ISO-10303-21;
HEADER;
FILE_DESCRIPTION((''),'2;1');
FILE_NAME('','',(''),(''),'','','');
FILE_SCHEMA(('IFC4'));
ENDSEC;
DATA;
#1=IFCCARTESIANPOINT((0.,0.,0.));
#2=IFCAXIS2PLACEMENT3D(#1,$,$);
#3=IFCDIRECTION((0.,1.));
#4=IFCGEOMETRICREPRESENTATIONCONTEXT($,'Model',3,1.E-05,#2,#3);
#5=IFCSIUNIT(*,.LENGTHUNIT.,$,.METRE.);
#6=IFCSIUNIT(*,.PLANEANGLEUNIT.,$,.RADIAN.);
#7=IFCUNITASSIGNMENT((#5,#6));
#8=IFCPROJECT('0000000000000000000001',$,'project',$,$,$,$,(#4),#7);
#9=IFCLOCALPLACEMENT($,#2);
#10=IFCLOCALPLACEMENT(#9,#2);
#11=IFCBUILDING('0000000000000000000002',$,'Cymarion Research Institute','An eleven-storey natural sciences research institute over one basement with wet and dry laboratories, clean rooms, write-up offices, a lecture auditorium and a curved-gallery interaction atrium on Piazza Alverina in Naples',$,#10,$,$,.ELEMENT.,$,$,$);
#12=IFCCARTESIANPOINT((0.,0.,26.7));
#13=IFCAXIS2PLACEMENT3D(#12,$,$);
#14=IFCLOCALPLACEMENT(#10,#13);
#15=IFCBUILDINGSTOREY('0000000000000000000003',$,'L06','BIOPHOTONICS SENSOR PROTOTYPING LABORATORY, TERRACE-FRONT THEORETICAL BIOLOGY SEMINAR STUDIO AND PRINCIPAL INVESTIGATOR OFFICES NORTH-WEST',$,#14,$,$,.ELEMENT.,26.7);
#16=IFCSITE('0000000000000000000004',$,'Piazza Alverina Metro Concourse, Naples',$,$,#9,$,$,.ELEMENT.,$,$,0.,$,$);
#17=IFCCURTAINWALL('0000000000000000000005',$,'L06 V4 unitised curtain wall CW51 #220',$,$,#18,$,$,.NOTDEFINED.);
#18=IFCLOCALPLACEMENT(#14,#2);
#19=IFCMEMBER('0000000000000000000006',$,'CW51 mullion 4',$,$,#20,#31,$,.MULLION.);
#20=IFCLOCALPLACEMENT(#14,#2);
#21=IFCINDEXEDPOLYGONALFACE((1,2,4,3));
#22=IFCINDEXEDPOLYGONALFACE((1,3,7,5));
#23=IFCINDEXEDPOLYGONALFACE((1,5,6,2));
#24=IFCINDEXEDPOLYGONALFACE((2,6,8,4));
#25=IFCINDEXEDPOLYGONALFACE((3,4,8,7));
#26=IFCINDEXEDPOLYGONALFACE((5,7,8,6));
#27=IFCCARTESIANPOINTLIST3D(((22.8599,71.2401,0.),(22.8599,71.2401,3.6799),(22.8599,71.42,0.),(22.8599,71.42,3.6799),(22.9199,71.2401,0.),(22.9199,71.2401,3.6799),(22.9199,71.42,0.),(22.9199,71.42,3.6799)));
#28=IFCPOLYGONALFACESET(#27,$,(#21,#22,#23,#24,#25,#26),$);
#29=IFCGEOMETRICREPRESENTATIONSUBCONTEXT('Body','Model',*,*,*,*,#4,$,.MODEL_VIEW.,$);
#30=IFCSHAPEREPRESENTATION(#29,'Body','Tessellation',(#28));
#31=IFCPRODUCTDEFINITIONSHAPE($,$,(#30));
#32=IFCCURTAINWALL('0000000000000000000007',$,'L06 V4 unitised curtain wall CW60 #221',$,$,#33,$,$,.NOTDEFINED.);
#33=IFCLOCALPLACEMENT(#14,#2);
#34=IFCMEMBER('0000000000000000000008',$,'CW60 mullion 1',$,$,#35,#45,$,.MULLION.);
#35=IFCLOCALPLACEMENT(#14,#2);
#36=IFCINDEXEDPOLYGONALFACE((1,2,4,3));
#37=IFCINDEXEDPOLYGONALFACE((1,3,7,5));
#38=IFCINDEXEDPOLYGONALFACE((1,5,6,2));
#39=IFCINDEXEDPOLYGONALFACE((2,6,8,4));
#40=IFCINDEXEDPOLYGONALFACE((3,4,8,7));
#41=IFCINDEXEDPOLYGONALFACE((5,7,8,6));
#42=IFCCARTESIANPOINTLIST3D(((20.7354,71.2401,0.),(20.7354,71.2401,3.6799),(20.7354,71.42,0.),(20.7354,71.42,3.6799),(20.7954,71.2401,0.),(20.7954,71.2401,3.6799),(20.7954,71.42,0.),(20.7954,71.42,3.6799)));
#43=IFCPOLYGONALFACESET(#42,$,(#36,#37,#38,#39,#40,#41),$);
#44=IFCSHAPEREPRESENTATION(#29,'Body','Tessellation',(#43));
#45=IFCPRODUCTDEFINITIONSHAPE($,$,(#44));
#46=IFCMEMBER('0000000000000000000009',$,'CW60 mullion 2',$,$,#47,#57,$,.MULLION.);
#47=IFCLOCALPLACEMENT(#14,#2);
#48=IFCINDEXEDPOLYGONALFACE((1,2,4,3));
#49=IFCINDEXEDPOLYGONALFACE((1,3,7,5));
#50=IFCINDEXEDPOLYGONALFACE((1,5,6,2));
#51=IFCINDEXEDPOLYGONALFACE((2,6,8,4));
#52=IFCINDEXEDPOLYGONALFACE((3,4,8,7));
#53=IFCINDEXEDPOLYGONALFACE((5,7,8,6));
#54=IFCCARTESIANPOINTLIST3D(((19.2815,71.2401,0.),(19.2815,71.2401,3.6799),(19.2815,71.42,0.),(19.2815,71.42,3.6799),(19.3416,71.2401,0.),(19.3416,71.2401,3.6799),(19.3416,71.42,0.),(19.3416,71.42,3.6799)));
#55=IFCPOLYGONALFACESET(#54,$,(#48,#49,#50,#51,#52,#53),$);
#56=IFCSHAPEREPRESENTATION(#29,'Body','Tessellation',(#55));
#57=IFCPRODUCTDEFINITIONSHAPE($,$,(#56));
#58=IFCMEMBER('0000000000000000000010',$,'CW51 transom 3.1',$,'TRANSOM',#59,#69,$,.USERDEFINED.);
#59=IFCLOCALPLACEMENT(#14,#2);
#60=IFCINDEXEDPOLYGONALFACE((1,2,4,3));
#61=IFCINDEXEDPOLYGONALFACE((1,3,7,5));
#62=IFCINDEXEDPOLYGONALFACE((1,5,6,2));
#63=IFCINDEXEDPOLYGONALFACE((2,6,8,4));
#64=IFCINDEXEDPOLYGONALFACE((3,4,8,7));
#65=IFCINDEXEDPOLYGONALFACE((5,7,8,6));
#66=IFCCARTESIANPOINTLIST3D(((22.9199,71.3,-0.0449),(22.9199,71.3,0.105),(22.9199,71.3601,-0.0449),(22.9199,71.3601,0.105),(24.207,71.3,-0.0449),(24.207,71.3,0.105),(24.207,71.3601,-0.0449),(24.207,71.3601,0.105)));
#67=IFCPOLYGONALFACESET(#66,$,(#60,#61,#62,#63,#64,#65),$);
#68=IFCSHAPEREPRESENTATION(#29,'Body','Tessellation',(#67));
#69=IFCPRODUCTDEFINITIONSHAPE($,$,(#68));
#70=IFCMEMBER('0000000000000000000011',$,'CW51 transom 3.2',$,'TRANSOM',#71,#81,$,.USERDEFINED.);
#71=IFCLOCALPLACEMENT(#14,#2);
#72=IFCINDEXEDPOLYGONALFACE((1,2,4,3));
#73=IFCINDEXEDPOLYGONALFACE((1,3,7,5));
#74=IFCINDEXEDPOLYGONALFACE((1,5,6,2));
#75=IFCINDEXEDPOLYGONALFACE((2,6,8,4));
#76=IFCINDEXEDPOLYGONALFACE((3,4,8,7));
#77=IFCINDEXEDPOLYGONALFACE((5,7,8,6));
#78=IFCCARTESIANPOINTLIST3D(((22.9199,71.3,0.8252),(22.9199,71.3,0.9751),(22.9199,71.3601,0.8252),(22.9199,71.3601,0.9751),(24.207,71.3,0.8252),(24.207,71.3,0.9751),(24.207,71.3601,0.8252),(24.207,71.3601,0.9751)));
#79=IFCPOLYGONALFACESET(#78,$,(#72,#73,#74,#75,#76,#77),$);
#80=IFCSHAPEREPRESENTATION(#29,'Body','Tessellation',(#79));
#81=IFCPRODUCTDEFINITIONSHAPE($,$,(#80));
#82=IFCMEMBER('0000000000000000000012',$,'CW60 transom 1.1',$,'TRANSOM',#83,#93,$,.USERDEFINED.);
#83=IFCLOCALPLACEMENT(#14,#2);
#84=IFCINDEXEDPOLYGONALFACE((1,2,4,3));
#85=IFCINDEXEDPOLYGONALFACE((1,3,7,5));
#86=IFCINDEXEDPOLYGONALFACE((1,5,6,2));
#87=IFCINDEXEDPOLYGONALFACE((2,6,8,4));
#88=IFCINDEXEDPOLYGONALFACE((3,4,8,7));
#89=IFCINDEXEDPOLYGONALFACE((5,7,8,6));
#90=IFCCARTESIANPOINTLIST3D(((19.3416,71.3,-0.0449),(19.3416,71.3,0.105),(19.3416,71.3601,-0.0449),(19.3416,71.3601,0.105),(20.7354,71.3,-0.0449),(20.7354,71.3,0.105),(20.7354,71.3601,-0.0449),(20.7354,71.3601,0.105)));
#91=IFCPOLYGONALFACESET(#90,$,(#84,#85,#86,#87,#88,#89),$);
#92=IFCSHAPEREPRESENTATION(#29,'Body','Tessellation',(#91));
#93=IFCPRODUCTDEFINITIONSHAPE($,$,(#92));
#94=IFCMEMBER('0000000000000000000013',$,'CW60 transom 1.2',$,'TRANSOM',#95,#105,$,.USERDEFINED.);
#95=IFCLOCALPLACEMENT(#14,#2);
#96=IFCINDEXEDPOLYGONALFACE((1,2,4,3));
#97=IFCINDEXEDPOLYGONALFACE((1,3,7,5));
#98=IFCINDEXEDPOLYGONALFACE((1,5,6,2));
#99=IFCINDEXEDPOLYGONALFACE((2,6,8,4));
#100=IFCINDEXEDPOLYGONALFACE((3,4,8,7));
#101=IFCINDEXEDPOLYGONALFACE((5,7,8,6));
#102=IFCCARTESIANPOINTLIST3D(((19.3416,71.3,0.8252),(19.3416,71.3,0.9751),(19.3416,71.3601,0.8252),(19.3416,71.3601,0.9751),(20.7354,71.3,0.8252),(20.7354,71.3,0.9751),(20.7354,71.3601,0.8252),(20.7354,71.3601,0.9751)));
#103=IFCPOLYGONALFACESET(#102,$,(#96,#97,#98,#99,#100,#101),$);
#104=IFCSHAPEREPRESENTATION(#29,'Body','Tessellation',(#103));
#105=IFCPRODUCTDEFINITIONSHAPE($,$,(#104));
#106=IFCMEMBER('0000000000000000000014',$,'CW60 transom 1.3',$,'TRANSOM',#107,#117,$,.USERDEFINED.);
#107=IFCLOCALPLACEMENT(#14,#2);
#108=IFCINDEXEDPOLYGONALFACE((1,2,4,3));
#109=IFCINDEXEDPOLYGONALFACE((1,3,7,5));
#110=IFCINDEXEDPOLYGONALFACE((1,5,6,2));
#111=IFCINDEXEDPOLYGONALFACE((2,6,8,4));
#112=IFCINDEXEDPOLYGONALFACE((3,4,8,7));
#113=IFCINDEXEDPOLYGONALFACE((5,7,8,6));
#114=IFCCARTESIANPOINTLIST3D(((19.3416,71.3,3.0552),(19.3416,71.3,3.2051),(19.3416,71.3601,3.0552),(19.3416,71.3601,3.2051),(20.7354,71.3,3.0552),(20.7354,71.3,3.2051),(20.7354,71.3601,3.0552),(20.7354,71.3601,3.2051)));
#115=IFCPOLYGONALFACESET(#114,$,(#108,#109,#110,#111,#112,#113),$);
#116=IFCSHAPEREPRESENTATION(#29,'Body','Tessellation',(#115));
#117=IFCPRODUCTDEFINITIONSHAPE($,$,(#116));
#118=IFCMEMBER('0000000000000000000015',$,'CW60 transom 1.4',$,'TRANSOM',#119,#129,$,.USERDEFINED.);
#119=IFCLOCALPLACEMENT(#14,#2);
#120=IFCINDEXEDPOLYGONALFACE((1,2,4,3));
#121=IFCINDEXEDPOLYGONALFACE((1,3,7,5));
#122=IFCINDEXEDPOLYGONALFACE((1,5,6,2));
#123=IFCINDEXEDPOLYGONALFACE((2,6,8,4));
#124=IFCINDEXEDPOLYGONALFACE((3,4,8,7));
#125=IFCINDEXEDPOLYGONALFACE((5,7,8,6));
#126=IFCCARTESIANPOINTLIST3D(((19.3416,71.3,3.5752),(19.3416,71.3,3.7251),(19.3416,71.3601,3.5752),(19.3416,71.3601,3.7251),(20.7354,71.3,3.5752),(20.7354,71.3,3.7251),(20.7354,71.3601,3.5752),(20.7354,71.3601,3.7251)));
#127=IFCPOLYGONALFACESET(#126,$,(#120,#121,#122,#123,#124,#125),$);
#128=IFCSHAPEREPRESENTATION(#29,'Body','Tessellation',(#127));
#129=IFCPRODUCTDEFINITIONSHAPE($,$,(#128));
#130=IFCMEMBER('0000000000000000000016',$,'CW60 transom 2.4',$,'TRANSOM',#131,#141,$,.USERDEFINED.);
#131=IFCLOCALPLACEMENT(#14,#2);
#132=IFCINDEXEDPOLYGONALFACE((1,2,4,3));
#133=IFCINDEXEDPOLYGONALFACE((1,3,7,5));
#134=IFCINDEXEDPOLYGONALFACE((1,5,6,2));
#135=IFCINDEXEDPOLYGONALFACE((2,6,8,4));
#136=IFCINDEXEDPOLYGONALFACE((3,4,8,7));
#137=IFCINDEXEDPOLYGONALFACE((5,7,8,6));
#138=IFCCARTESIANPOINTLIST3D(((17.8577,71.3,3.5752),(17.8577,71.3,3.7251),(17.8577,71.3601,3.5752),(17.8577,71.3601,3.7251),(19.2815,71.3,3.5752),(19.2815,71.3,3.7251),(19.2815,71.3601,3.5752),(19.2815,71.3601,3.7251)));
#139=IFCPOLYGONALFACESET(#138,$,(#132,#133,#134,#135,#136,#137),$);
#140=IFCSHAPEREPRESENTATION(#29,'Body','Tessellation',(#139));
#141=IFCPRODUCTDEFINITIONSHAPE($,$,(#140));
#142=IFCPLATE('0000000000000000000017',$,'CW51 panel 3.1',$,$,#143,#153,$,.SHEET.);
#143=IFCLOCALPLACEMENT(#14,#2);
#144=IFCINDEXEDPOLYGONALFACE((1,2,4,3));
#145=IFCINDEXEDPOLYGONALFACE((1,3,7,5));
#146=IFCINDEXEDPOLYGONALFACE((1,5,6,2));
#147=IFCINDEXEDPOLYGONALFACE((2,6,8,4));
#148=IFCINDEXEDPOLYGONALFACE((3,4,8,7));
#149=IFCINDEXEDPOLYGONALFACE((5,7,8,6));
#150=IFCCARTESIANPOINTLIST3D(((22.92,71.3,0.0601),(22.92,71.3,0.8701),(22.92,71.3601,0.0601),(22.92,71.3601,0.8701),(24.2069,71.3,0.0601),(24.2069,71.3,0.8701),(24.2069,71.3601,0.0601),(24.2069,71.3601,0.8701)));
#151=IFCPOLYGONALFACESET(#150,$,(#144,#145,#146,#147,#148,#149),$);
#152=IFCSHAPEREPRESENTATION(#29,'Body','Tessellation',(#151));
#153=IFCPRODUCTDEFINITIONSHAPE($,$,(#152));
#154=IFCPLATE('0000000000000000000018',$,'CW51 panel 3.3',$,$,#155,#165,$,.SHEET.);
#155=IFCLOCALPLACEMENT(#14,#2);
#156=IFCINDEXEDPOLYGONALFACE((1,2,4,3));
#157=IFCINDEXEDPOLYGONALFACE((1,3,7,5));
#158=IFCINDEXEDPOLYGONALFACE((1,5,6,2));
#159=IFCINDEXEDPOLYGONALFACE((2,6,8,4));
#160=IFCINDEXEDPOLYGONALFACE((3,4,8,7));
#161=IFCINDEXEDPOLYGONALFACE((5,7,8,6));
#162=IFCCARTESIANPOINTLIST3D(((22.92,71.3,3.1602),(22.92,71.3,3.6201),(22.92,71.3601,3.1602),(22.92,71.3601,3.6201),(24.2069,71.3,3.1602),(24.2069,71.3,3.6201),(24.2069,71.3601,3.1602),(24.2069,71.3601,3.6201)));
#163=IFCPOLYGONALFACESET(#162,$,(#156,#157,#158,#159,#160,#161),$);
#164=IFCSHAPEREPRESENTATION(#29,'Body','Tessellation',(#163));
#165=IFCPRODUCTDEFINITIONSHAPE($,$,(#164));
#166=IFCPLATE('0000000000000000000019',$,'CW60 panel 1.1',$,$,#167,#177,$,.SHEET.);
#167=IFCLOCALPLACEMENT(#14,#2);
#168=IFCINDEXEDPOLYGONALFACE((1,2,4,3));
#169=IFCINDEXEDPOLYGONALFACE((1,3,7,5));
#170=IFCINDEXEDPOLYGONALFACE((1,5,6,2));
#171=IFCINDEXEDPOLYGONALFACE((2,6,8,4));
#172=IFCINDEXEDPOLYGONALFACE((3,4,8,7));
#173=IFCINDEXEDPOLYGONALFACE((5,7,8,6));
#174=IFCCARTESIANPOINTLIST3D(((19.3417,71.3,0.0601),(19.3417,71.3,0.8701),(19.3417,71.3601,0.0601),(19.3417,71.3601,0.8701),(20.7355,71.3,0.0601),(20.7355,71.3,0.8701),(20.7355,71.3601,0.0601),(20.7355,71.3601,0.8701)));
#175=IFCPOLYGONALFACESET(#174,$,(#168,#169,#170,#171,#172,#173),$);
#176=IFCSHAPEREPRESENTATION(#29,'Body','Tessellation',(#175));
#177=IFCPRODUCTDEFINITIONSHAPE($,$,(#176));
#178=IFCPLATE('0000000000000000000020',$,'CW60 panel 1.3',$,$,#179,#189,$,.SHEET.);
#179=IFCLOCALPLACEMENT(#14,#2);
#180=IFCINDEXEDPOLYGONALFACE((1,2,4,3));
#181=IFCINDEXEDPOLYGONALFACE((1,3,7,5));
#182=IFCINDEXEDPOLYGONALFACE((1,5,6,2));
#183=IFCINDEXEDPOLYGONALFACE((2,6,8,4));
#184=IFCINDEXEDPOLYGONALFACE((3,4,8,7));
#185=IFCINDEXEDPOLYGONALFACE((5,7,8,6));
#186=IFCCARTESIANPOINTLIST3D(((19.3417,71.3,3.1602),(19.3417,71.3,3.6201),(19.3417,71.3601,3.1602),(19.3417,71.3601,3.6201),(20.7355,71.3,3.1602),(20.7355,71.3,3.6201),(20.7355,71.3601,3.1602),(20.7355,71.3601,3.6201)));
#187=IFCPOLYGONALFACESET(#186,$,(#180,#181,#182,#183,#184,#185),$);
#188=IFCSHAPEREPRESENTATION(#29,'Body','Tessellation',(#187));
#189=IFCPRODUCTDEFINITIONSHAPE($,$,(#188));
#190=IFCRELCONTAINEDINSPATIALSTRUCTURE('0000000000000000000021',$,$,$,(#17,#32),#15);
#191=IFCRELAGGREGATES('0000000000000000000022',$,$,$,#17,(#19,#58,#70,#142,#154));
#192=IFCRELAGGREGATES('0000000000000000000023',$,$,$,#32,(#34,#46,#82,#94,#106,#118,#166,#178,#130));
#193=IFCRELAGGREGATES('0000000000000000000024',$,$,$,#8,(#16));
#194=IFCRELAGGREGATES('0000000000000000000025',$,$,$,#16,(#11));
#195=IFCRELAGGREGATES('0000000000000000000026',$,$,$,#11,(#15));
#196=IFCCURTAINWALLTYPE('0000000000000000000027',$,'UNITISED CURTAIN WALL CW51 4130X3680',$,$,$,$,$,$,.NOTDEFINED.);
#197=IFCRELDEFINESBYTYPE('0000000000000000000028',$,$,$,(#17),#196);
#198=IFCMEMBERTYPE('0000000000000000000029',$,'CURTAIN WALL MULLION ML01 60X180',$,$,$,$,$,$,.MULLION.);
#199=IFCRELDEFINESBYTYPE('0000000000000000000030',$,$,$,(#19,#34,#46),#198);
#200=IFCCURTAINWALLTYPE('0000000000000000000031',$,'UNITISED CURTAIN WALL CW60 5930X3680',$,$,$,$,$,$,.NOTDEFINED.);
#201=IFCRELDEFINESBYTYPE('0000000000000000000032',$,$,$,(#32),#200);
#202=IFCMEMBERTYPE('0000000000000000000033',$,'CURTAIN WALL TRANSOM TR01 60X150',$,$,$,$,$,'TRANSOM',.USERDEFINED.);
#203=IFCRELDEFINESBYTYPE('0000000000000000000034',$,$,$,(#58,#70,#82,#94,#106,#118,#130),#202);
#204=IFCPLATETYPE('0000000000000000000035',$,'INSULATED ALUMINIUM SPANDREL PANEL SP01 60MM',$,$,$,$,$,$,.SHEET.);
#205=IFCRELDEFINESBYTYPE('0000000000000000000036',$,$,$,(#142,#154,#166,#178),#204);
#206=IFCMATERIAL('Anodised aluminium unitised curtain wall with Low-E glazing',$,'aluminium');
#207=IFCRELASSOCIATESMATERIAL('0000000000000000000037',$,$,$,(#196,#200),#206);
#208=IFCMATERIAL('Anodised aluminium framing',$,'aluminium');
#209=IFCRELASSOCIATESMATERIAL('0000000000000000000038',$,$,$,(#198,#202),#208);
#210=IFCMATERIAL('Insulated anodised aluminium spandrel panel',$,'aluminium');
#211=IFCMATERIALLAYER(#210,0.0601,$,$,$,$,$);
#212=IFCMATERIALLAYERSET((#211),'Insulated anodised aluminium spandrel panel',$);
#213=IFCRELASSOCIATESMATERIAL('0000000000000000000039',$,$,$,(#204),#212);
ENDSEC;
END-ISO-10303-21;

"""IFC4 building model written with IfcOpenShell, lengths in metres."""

from ifc_helpers import new_model, si_unit, direction, frame, origin, origin_2d, place, context, subcontext, project, spatial, rectangle, extrude, material, layer, layer_set, material_profile, profile_set, type_object, element, aggregate, save


model = new_model("IFC4")

# Units and contexts
model_context = context("Model", 3, precision=1e-05, world=origin(), true_north=direction((0.0, 1.0)))
body_context = subcontext(model_context, "Body", "Model", "MODEL_VIEW")
ifc_project = project(units=[si_unit("LENGTHUNIT", "METRE"), si_unit("PLANEANGLEUNIT", "RADIAN")], contexts=[model_context])

# Site, building, storey
site_placement = place(None, origin())
site = spatial("IfcSite", under=ifc_project, at=site_placement, Name="Piazza Alverina Metro Concourse, Naples", CompositionType="ELEMENT", RefElevation=0.0)
building_placement = place(site_placement, origin())
building = spatial("IfcBuilding", under=site, at=building_placement, Name="Cymarion Research Institute", Description="An eleven-storey natural sciences research institute over one basement with wet and dry laboratories, clean rooms, write-up offices, a lecture auditorium and a curved-gallery interaction atrium on Piazza Alverina in Naples", CompositionType="ELEMENT")
storey_placement = place(building_placement, frame((0.0, 0.0, 26.7)))
storey = spatial("IfcBuildingStorey", under=building, at=storey_placement, Name="L06", Description="BIOPHOTONICS SENSOR PROTOTYPING LABORATORY, TERRACE-FRONT THEORETICAL BIOLOGY SEMINAR STUDIO AND PRINCIPAL INVESTIGATOR OFFICES NORTH-WEST", CompositionType="ELEMENT", Elevation=26.7)

# Curtain wall, member
ifc_material_1 = material(Name="Anodised aluminium unitised curtain wall with Low-E glazing", Category="aluminium")
curtain_wall_type_1 = type_object("IfcCurtainWallType", Name="UNITISED CURTAIN WALL CW51 4130X3680", PredefinedType="NOTDEFINED", material=ifc_material_1)
curtain_wall_1_placement = place(storey_placement, origin())
curtain_wall_1 = element("IfcCurtainWall", 1, at=curtain_wall_1_placement, inside=storey, type_object=curtain_wall_type_1, Name="L06 V4 unitised curtain wall CW51 #220", PredefinedType="NOTDEFINED")
ifc_material_2 = material(Name="Anodised aluminium framing", Category="aluminium")
ifc_material_profile_1 = material_profile(ifc_material_2, rectangle(XDim=0.0601, YDim=0.1799, at=origin_2d()), Name="ALU MULLION 60x180")
ifc_profile_set_1 = profile_set([ifc_material_profile_1], Name="Anodised aluminium framing")
member_type_1 = type_object("IfcMemberType", Name="CURTAIN WALL MULLION ML01 60X180", PredefinedType="MULLION", material=ifc_profile_set_1)
member_1_placement = place(storey_placement, frame((22.8899, 71.3301, 0.0), z_axis=(0.0, 0.0, 1.0), x_axis=(-1.0, 0.0, 0.0)))
member_1 = element("IfcMember", 2, at=member_1_placement, type_object=member_type_1, Name="CW51 mullion 4", PredefinedType="MULLION", context=body_context, shape_type="SweptSolid", body=[
    extrude(rectangle(XDim=0.0601, YDim=0.1799, at=origin_2d()), origin(), (0.0, 0.0, 1.0), 3.6799),
])

# Curtain wall, members
curtain_wall_type_2 = type_object("IfcCurtainWallType", Name="UNITISED CURTAIN WALL CW60 5930X3680", PredefinedType="NOTDEFINED", material=ifc_material_1)
curtain_wall_2_placement = place(storey_placement, origin())
curtain_wall_2 = element("IfcCurtainWall", 3, at=curtain_wall_2_placement, inside=storey, type_object=curtain_wall_type_2, Name="L06 V4 unitised curtain wall CW60 #221", PredefinedType="NOTDEFINED")
member_2_placement = place(storey_placement, frame((20.7654, 71.3301, 0.0), z_axis=(0.0, 0.0, 1.0), x_axis=(-1.0, 0.0, 0.0)))
member_2 = element("IfcMember", 4, at=member_2_placement, type_object=member_type_1, Name="CW60 mullion 1", PredefinedType="MULLION", context=body_context, shape_type="SweptSolid", body=[
    extrude(rectangle(XDim=0.0601, YDim=0.1799, at=origin_2d()), origin(), (0.0, 0.0, 1.0), 3.6799),
])
member_3_placement = place(storey_placement, frame((19.3115, 71.3301, 0.0), z_axis=(0.0, 0.0, 1.0), x_axis=(-1.0, 0.0, 0.0)))
member_3 = element("IfcMember", 5, at=member_3_placement, type_object=member_type_1, Name="CW60 mullion 2", PredefinedType="MULLION", context=body_context, shape_type="SweptSolid", body=[
    extrude(rectangle(XDim=0.0601, YDim=0.1799, at=origin_2d()), origin(), (0.0, 0.0, 1.0), 3.6799),
])

# Members
ifc_material_profile_2 = material_profile(ifc_material_2, rectangle(XDim=0.0601, YDim=0.1499, at=origin_2d()), Name="ALU TRANSOM 60x150")
ifc_profile_set_2 = profile_set([ifc_material_profile_2], Name="Anodised aluminium framing")
member_type_2 = type_object("IfcMemberType", Name="CURTAIN WALL TRANSOM TR01 60X150", ElementType="TRANSOM", PredefinedType="USERDEFINED", material=ifc_profile_set_2)
member_4_placement = place(storey_placement, frame((24.207, 71.3301, 0.03), z_axis=(-1.0, 0.0, 0.0), x_axis=(0.0, -1.0, 0.0)))
member_4 = element("IfcMember", 6, at=member_4_placement, type_object=member_type_2, Name="CW51 transom 3.1", ObjectType="TRANSOM", PredefinedType="USERDEFINED", context=body_context, shape_type="SweptSolid", body=[
    extrude(rectangle(XDim=0.0601, YDim=0.1499, at=origin_2d()), origin(), (0.0, 0.0, 1.0), 1.2871),
])
member_5_placement = place(storey_placement, frame((24.207, 71.3301, 0.9001), z_axis=(-1.0, 0.0, 0.0), x_axis=(0.0, -1.0, 0.0)))
member_5 = element("IfcMember", 7, at=member_5_placement, type_object=member_type_2, Name="CW51 transom 3.2", ObjectType="TRANSOM", PredefinedType="USERDEFINED", context=body_context, shape_type="SweptSolid", body=[
    extrude(rectangle(XDim=0.0601, YDim=0.1499, at=origin_2d()), origin(), (0.0, 0.0, 1.0), 1.2871),
])
member_6_placement = place(storey_placement, frame((20.7354, 71.3301, 0.03), z_axis=(-1.0, 0.0, 0.0), x_axis=(0.0, -1.0, 0.0)))
member_6 = element("IfcMember", 8, at=member_6_placement, type_object=member_type_2, Name="CW60 transom 1.1", ObjectType="TRANSOM", PredefinedType="USERDEFINED", context=body_context, shape_type="SweptSolid", body=[
    extrude(rectangle(XDim=0.0601, YDim=0.1499, at=origin_2d()), origin(), (0.0, 0.0, 1.0), 1.3938),
])
member_7_placement = place(storey_placement, frame((20.7354, 71.3301, 0.9001), z_axis=(-1.0, 0.0, 0.0), x_axis=(0.0, -1.0, 0.0)))
member_7 = element("IfcMember", 9, at=member_7_placement, type_object=member_type_2, Name="CW60 transom 1.2", ObjectType="TRANSOM", PredefinedType="USERDEFINED", context=body_context, shape_type="SweptSolid", body=[
    extrude(rectangle(XDim=0.0601, YDim=0.1499, at=origin_2d()), origin(), (0.0, 0.0, 1.0), 1.3938),
])
member_8_placement = place(storey_placement, frame((20.7354, 71.3301, 3.1301), z_axis=(-1.0, 0.0, 0.0), x_axis=(0.0, -1.0, 0.0)))
member_8 = element("IfcMember", 10, at=member_8_placement, type_object=member_type_2, Name="CW60 transom 1.3", ObjectType="TRANSOM", PredefinedType="USERDEFINED", context=body_context, shape_type="SweptSolid", body=[
    extrude(rectangle(XDim=0.0601, YDim=0.1499, at=origin_2d()), origin(), (0.0, 0.0, 1.0), 1.3938),
])
member_9_placement = place(storey_placement, frame((20.7354, 71.3301, 3.6501), z_axis=(-1.0, 0.0, 0.0), x_axis=(0.0, -1.0, 0.0)))
member_9 = element("IfcMember", 11, at=member_9_placement, type_object=member_type_2, Name="CW60 transom 1.4", ObjectType="TRANSOM", PredefinedType="USERDEFINED", context=body_context, shape_type="SweptSolid", body=[
    extrude(rectangle(XDim=0.0601, YDim=0.1499, at=origin_2d()), origin(), (0.0, 0.0, 1.0), 1.3938),
])
member_10_placement = place(storey_placement, frame((19.2815, 71.3301, 3.6501), z_axis=(-1.0, 0.0, 0.0), x_axis=(0.0, -1.0, 0.0)))
member_10 = element("IfcMember", 12, at=member_10_placement, type_object=member_type_2, Name="CW60 transom 2.4", ObjectType="TRANSOM", PredefinedType="USERDEFINED", context=body_context, shape_type="SweptSolid", body=[
    extrude(rectangle(XDim=0.0601, YDim=0.1499, at=origin_2d()), origin(), (0.0, 0.0, 1.0), 1.4238),
])

# Plates
ifc_material_3 = material(Name="Insulated anodised aluminium spandrel panel", Category="aluminium")
ifc_layer_1 = layer(ifc_material_3, 0.0601)
ifc_layer_set_1 = layer_set([ifc_layer_1], Name="Insulated anodised aluminium spandrel panel")
plate_type_1 = type_object("IfcPlateType", Name="INSULATED ALUMINIUM SPANDREL PANEL SP01 60MM", PredefinedType="SHEET", material=ifc_layer_set_1)
plate_1_placement = place(storey_placement, frame((23.5635, 71.3301, 0.0601), z_axis=(0.0, 0.0, 1.0), x_axis=(-1.0, 0.0, 0.0)))
plate_1 = element("IfcPlate", 13, at=plate_1_placement, type_object=plate_type_1, Name="CW51 panel 3.1", PredefinedType="SHEET", context=body_context, shape_type="SweptSolid", body=[
    extrude(rectangle(XDim=1.2869, YDim=0.0601, at=origin_2d()), origin(), (0.0, 0.0, 1.0), 0.8101),
])
plate_2_placement = place(storey_placement, frame((23.5635, 71.3301, 3.1602), z_axis=(0.0, 0.0, 1.0), x_axis=(-1.0, 0.0, 0.0)))
plate_2 = element("IfcPlate", 14, at=plate_2_placement, type_object=plate_type_1, Name="CW51 panel 3.3", PredefinedType="SHEET", context=body_context, shape_type="SweptSolid", body=[
    extrude(rectangle(XDim=1.2869, YDim=0.0601, at=origin_2d()), origin(), (0.0, 0.0, 1.0), 0.46),
])
plate_3_placement = place(storey_placement, frame((20.0386, 71.3301, 0.0601), z_axis=(0.0, 0.0, 1.0), x_axis=(-1.0, 0.0, 0.0)))
plate_3 = element("IfcPlate", 15, at=plate_3_placement, type_object=plate_type_1, Name="CW60 panel 1.1", PredefinedType="SHEET", context=body_context, shape_type="SweptSolid", body=[
    extrude(rectangle(XDim=1.3938, YDim=0.0601, at=origin_2d()), origin(), (0.0, 0.0, 1.0), 0.8101),
])
plate_4_placement = place(storey_placement, frame((20.0386, 71.3301, 3.1602), z_axis=(0.0, 0.0, 1.0), x_axis=(-1.0, 0.0, 0.0)))
plate_4 = element("IfcPlate", 16, at=plate_4_placement, type_object=plate_type_1, Name="CW60 panel 1.3", PredefinedType="SHEET", context=body_context, shape_type="SweptSolid", body=[
    extrude(rectangle(XDim=1.3938, YDim=0.0601, at=origin_2d()), origin(), (0.0, 0.0, 1.0), 0.46),
])
aggregate(curtain_wall_1, [member_1, member_4, member_5, plate_1, plate_2])
aggregate(curtain_wall_2, [member_2, member_3, member_6, member_7, member_8, member_9, plate_3, plate_4, member_10])

save(model, "model.ifc")
